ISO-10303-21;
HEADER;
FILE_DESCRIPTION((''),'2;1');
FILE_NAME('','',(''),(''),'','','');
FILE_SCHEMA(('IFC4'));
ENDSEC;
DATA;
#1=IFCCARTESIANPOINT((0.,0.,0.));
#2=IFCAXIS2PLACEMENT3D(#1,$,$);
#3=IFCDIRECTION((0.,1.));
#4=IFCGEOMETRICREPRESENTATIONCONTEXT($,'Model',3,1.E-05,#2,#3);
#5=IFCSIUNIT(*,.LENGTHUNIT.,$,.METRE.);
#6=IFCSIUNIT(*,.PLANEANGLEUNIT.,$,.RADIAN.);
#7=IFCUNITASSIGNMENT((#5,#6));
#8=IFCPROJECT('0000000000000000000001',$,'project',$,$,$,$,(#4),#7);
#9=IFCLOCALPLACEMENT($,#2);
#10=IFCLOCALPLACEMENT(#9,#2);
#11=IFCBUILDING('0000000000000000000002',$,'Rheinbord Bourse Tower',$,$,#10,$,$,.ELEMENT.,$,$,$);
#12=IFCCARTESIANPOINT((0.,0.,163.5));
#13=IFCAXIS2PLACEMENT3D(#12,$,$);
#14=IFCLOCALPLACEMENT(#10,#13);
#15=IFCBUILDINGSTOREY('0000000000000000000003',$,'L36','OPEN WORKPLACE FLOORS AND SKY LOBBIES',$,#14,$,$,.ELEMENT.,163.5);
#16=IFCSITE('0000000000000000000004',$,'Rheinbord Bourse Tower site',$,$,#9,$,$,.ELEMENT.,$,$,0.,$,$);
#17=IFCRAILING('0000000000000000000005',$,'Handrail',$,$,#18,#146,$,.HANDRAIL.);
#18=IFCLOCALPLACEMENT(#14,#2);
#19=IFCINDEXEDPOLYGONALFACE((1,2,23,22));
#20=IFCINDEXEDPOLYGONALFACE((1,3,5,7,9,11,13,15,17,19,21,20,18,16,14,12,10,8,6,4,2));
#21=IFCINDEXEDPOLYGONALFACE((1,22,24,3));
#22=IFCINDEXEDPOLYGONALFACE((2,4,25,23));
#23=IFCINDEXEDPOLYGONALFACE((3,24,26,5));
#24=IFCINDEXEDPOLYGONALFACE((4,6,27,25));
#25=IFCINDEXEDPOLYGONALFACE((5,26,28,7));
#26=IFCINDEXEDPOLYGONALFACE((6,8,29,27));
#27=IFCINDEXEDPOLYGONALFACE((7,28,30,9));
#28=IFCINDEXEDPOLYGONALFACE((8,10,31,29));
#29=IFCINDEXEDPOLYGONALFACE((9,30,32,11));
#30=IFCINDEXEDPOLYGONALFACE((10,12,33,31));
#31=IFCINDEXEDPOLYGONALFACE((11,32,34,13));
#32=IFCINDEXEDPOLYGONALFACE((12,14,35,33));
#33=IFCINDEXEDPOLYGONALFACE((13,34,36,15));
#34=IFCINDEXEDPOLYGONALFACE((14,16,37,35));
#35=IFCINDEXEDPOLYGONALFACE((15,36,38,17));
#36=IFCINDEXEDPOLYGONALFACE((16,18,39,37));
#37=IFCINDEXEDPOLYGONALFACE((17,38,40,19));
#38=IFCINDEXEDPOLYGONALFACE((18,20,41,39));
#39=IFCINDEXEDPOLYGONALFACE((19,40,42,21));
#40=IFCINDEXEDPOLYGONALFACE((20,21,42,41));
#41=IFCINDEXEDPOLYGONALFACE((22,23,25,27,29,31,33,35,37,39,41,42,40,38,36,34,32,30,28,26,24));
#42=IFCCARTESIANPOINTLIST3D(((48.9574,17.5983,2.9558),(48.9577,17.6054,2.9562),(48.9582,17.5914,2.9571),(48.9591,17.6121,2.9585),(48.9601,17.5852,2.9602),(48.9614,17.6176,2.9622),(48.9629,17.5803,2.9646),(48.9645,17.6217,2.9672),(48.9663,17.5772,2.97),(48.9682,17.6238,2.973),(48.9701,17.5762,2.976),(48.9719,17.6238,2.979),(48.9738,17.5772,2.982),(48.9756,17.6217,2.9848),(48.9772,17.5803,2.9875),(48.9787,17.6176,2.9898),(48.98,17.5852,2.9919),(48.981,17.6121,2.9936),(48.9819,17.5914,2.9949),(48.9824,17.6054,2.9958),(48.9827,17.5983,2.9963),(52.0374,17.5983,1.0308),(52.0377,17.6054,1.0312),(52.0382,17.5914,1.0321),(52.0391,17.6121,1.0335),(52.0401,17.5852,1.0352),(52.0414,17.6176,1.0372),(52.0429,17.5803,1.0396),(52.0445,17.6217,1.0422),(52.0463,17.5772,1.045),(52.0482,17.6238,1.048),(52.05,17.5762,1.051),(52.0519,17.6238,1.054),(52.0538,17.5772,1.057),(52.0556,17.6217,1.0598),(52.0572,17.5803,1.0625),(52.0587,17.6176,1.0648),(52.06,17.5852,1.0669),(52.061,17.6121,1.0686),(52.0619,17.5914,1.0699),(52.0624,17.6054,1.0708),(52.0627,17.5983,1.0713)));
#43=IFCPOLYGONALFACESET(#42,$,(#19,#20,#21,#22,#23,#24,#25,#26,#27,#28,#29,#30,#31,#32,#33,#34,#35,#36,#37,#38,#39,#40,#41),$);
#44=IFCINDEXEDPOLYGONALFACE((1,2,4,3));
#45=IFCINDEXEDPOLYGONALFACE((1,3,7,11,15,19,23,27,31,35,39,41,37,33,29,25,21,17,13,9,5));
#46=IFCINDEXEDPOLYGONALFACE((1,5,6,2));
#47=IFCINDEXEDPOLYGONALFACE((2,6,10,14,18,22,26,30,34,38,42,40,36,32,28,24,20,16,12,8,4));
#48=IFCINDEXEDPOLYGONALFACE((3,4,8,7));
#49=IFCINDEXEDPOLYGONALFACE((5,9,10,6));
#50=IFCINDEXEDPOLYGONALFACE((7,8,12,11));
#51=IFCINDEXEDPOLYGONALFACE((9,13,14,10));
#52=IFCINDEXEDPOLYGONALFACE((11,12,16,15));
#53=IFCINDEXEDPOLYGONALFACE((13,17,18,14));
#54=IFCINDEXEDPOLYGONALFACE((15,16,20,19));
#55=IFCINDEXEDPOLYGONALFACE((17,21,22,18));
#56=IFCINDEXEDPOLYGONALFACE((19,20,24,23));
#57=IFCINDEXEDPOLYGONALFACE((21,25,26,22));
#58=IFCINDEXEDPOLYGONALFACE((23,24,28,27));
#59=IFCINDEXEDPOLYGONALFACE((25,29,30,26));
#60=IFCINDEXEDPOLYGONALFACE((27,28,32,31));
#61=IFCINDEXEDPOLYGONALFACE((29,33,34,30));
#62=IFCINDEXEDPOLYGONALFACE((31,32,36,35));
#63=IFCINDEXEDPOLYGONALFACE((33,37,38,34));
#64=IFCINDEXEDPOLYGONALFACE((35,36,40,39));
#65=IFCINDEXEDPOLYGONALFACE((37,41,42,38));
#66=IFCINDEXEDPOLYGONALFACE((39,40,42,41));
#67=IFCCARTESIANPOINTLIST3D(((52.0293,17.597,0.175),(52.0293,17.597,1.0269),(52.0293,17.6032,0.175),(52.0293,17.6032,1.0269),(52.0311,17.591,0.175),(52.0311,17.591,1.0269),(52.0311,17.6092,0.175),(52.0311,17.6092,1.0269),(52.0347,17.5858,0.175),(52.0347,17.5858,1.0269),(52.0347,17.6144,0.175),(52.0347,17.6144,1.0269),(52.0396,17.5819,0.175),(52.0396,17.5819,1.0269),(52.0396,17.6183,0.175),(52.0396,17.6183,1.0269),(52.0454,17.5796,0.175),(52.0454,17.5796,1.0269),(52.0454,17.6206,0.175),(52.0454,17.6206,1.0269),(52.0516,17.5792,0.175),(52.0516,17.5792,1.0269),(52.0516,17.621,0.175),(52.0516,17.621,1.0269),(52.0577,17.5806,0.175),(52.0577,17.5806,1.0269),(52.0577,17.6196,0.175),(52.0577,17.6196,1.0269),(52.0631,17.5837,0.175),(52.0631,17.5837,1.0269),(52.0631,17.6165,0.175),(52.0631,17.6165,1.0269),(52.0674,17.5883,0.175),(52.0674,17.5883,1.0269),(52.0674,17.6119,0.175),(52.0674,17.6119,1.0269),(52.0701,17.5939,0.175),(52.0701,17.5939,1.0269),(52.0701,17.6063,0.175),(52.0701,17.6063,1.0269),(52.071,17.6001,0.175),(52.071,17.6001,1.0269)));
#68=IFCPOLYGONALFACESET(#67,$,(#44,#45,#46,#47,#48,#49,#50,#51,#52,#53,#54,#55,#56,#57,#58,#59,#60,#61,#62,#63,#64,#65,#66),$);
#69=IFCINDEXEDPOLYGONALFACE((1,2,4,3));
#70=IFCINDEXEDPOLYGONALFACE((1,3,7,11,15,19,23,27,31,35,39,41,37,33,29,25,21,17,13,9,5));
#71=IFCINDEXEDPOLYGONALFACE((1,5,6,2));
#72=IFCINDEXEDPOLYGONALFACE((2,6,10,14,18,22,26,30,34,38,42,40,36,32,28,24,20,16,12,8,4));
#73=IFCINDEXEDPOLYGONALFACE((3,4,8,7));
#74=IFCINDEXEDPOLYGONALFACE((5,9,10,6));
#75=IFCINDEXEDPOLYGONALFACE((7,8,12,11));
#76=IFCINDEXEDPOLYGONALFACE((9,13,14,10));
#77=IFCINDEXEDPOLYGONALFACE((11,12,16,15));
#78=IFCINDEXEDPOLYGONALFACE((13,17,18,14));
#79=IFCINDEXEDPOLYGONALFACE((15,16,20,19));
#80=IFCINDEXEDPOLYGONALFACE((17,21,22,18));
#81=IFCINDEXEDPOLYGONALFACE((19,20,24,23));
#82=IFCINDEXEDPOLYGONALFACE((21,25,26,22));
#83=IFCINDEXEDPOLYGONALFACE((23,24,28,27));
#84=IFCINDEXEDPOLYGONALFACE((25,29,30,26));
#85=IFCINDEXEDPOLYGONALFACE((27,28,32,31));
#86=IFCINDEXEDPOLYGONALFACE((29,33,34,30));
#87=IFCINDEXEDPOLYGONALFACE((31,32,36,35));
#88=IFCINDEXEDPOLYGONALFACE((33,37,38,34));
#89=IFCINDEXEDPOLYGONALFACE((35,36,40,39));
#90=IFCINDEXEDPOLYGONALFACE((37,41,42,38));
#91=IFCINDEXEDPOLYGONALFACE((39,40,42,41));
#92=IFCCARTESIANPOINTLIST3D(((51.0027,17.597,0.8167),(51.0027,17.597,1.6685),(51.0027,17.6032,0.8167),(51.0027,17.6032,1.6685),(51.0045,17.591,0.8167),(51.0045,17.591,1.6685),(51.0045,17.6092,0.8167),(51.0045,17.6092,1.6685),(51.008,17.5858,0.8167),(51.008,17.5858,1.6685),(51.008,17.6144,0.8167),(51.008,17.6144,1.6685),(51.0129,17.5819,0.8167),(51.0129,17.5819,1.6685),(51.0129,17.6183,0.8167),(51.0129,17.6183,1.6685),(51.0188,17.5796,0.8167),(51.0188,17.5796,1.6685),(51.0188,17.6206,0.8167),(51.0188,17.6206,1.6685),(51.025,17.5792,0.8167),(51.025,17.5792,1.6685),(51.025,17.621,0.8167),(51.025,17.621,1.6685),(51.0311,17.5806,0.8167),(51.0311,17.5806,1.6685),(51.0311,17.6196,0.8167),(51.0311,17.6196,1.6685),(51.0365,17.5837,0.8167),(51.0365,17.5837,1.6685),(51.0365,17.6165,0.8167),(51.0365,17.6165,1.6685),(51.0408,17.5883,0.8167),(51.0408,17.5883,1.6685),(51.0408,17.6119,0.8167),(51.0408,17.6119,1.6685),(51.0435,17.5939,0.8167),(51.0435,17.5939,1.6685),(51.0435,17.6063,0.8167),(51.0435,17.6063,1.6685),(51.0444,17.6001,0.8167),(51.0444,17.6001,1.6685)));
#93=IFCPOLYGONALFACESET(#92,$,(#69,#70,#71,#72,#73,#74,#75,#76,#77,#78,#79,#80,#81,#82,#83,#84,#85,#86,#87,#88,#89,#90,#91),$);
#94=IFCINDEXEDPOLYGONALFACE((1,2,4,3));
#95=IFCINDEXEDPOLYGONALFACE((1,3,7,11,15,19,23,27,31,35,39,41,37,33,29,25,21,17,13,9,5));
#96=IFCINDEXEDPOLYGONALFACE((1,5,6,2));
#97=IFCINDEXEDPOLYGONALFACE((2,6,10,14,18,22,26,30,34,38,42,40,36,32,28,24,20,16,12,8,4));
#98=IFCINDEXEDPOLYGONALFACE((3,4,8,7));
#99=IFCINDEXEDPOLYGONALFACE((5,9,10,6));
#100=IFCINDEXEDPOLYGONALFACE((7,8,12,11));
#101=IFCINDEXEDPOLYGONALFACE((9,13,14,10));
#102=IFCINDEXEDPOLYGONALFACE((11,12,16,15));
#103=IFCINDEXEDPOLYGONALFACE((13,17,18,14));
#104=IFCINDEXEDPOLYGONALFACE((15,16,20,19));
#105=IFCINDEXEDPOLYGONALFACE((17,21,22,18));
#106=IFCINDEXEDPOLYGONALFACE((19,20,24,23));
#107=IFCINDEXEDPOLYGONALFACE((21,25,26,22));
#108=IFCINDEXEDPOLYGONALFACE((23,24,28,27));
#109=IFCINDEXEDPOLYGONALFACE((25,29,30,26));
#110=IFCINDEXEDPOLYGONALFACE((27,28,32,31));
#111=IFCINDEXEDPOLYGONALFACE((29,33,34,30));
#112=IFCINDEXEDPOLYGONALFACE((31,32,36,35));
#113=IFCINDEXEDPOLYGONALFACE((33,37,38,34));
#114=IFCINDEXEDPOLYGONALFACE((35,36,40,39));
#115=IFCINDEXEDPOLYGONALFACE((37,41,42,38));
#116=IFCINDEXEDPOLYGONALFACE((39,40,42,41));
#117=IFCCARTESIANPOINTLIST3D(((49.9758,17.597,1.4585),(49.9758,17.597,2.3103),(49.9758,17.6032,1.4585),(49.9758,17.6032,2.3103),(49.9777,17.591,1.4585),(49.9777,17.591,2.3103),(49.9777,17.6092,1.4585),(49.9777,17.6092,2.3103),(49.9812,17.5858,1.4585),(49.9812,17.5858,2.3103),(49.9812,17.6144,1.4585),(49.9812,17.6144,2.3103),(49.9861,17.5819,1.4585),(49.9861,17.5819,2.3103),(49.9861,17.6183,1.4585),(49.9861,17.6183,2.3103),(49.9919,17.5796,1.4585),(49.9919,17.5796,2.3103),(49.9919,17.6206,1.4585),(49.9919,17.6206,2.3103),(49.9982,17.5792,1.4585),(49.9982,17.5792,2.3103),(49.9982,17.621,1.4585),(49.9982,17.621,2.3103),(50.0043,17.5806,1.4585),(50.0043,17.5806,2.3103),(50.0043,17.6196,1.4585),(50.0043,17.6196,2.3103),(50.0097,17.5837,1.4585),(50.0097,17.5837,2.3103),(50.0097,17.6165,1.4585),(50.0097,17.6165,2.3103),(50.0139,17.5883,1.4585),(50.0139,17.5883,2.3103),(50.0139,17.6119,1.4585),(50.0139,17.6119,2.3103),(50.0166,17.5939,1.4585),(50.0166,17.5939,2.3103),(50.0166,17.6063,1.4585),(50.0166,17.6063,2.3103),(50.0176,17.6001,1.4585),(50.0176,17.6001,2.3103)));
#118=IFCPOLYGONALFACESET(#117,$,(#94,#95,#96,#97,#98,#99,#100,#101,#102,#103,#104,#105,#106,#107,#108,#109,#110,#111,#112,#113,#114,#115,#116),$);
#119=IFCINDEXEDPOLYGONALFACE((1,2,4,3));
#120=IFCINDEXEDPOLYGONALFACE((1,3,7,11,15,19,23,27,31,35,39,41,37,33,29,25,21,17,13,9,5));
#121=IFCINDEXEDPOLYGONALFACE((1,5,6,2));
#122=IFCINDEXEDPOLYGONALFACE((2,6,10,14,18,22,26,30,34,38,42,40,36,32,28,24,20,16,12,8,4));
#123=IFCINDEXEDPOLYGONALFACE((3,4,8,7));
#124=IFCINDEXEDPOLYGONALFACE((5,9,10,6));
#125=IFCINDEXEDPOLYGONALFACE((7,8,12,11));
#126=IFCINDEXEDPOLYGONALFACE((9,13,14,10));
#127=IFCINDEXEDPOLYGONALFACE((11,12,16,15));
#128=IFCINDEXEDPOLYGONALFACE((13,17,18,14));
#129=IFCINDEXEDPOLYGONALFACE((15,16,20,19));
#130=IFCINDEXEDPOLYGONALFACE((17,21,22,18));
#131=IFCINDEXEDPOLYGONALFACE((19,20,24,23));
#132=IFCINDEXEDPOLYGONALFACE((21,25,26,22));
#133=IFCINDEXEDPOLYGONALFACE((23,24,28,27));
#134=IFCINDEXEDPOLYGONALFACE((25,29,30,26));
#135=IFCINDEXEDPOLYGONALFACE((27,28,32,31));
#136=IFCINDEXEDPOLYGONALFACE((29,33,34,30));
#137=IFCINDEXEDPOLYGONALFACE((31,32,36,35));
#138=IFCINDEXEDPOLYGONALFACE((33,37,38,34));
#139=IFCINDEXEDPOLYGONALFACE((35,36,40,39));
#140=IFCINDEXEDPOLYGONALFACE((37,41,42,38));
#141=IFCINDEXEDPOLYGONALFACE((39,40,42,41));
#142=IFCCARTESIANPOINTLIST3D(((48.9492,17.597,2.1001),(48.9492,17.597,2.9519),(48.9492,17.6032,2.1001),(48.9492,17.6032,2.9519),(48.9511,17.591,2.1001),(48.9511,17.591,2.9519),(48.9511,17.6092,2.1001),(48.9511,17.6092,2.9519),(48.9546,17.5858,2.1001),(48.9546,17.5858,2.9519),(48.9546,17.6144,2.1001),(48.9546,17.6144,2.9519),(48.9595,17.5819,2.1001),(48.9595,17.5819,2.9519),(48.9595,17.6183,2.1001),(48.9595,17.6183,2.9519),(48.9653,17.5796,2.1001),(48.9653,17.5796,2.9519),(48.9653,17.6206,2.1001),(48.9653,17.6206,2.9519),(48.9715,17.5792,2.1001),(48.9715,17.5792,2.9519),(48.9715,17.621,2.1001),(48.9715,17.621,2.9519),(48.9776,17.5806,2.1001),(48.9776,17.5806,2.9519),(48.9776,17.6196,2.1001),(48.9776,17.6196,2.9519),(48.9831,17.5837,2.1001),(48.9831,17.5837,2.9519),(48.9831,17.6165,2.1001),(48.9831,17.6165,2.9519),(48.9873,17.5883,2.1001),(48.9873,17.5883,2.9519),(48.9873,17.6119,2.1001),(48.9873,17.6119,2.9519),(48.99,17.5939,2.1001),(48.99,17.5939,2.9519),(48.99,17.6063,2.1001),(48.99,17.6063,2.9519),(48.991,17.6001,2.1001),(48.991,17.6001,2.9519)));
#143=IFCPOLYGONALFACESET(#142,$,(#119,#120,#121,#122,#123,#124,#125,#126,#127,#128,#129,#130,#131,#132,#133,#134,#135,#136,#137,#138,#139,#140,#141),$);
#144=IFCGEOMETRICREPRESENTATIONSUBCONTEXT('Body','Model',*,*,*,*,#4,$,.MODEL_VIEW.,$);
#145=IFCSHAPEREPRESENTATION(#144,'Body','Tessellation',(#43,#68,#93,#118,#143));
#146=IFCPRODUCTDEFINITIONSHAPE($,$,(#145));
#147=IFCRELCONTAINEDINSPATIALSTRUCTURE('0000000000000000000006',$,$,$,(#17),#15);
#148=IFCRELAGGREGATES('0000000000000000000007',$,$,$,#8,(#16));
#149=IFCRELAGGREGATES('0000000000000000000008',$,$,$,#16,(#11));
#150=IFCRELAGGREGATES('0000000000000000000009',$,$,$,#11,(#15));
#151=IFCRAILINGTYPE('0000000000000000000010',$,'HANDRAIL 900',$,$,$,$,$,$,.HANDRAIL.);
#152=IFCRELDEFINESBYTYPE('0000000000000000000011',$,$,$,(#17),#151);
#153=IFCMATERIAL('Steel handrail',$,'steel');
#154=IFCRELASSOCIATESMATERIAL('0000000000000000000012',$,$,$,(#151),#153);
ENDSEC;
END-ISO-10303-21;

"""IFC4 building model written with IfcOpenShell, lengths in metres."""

from ifc_helpers import new_model, si_unit, direction, frame, origin, origin_2d, place, context, subcontext, project, spatial, circle, extrude, material, type_object, element, save


model = new_model("IFC4")

# Units and contexts
model_context = context("Model", 3, precision=1e-05, world=origin(), true_north=direction((0.0, 1.0)))
body_context = subcontext(model_context, "Body", "Model", "MODEL_VIEW")
ifc_project = project(units=[si_unit("LENGTHUNIT", "METRE"), si_unit("PLANEANGLEUNIT", "RADIAN")], contexts=[model_context])

# Site, building, storey
site_placement = place(None, origin())
site = spatial("IfcSite", under=ifc_project, at=site_placement, Name="Rheinbord Bourse Tower site", CompositionType="ELEMENT", RefElevation=0.0)
building_placement = place(site_placement, origin())
building = spatial("IfcBuilding", under=site, at=building_placement, Name="Rheinbord Bourse Tower", CompositionType="ELEMENT")
storey_placement = place(building_placement, frame((0.0, 0.0, 163.5)))
storey = spatial("IfcBuildingStorey", under=building, at=storey_placement, Name="L36", Description="OPEN WORKPLACE FLOORS AND SKY LOBBIES", CompositionType="ELEMENT", Elevation=163.5)

# Railing
ifc_material_1 = material(Name="Steel handrail", Category="steel")
railing_type = type_object("IfcRailingType", Name="HANDRAIL 900", PredefinedType="HANDRAIL", material=ifc_material_1)
railing_1_placement = place(storey_placement, frame((52.05, 17.6001, 0.175)))
element("IfcRailing", 1, at=railing_1_placement, inside=storey, type_object=railing_type, Name="Handrail", PredefinedType="HANDRAIL", context=body_context, shape_type="SweptSolid", body=[
    extrude(circle(Radius=0.0239, at=origin_2d()), frame((0.0, 0.0, 0.876), z_axis=(-0.847998, 0.0, 0.529999), x_axis=(0.0, -1.0, 0.0)), (0.0, 0.0, 1.0), 3.6321),
    extrude(circle(Radius=0.021, at=origin_2d()), origin(), (0.0, 0.0, 1.0), 0.8518),
    extrude(circle(Radius=0.021, at=origin_2d()), frame((-1.0266, 0.0, 0.6416)), (0.0, 0.0, 1.0), 0.8518),
    extrude(circle(Radius=0.021, at=origin_2d()), frame((-2.0535, 0.0, 1.2834)), (0.0, 0.0, 1.0), 0.8518),
    extrude(circle(Radius=0.021, at=origin_2d()), frame((-3.0801, 0.0, 1.925)), (0.0, 0.0, 1.0), 0.8518),
])

save(model, "model.ifc")
